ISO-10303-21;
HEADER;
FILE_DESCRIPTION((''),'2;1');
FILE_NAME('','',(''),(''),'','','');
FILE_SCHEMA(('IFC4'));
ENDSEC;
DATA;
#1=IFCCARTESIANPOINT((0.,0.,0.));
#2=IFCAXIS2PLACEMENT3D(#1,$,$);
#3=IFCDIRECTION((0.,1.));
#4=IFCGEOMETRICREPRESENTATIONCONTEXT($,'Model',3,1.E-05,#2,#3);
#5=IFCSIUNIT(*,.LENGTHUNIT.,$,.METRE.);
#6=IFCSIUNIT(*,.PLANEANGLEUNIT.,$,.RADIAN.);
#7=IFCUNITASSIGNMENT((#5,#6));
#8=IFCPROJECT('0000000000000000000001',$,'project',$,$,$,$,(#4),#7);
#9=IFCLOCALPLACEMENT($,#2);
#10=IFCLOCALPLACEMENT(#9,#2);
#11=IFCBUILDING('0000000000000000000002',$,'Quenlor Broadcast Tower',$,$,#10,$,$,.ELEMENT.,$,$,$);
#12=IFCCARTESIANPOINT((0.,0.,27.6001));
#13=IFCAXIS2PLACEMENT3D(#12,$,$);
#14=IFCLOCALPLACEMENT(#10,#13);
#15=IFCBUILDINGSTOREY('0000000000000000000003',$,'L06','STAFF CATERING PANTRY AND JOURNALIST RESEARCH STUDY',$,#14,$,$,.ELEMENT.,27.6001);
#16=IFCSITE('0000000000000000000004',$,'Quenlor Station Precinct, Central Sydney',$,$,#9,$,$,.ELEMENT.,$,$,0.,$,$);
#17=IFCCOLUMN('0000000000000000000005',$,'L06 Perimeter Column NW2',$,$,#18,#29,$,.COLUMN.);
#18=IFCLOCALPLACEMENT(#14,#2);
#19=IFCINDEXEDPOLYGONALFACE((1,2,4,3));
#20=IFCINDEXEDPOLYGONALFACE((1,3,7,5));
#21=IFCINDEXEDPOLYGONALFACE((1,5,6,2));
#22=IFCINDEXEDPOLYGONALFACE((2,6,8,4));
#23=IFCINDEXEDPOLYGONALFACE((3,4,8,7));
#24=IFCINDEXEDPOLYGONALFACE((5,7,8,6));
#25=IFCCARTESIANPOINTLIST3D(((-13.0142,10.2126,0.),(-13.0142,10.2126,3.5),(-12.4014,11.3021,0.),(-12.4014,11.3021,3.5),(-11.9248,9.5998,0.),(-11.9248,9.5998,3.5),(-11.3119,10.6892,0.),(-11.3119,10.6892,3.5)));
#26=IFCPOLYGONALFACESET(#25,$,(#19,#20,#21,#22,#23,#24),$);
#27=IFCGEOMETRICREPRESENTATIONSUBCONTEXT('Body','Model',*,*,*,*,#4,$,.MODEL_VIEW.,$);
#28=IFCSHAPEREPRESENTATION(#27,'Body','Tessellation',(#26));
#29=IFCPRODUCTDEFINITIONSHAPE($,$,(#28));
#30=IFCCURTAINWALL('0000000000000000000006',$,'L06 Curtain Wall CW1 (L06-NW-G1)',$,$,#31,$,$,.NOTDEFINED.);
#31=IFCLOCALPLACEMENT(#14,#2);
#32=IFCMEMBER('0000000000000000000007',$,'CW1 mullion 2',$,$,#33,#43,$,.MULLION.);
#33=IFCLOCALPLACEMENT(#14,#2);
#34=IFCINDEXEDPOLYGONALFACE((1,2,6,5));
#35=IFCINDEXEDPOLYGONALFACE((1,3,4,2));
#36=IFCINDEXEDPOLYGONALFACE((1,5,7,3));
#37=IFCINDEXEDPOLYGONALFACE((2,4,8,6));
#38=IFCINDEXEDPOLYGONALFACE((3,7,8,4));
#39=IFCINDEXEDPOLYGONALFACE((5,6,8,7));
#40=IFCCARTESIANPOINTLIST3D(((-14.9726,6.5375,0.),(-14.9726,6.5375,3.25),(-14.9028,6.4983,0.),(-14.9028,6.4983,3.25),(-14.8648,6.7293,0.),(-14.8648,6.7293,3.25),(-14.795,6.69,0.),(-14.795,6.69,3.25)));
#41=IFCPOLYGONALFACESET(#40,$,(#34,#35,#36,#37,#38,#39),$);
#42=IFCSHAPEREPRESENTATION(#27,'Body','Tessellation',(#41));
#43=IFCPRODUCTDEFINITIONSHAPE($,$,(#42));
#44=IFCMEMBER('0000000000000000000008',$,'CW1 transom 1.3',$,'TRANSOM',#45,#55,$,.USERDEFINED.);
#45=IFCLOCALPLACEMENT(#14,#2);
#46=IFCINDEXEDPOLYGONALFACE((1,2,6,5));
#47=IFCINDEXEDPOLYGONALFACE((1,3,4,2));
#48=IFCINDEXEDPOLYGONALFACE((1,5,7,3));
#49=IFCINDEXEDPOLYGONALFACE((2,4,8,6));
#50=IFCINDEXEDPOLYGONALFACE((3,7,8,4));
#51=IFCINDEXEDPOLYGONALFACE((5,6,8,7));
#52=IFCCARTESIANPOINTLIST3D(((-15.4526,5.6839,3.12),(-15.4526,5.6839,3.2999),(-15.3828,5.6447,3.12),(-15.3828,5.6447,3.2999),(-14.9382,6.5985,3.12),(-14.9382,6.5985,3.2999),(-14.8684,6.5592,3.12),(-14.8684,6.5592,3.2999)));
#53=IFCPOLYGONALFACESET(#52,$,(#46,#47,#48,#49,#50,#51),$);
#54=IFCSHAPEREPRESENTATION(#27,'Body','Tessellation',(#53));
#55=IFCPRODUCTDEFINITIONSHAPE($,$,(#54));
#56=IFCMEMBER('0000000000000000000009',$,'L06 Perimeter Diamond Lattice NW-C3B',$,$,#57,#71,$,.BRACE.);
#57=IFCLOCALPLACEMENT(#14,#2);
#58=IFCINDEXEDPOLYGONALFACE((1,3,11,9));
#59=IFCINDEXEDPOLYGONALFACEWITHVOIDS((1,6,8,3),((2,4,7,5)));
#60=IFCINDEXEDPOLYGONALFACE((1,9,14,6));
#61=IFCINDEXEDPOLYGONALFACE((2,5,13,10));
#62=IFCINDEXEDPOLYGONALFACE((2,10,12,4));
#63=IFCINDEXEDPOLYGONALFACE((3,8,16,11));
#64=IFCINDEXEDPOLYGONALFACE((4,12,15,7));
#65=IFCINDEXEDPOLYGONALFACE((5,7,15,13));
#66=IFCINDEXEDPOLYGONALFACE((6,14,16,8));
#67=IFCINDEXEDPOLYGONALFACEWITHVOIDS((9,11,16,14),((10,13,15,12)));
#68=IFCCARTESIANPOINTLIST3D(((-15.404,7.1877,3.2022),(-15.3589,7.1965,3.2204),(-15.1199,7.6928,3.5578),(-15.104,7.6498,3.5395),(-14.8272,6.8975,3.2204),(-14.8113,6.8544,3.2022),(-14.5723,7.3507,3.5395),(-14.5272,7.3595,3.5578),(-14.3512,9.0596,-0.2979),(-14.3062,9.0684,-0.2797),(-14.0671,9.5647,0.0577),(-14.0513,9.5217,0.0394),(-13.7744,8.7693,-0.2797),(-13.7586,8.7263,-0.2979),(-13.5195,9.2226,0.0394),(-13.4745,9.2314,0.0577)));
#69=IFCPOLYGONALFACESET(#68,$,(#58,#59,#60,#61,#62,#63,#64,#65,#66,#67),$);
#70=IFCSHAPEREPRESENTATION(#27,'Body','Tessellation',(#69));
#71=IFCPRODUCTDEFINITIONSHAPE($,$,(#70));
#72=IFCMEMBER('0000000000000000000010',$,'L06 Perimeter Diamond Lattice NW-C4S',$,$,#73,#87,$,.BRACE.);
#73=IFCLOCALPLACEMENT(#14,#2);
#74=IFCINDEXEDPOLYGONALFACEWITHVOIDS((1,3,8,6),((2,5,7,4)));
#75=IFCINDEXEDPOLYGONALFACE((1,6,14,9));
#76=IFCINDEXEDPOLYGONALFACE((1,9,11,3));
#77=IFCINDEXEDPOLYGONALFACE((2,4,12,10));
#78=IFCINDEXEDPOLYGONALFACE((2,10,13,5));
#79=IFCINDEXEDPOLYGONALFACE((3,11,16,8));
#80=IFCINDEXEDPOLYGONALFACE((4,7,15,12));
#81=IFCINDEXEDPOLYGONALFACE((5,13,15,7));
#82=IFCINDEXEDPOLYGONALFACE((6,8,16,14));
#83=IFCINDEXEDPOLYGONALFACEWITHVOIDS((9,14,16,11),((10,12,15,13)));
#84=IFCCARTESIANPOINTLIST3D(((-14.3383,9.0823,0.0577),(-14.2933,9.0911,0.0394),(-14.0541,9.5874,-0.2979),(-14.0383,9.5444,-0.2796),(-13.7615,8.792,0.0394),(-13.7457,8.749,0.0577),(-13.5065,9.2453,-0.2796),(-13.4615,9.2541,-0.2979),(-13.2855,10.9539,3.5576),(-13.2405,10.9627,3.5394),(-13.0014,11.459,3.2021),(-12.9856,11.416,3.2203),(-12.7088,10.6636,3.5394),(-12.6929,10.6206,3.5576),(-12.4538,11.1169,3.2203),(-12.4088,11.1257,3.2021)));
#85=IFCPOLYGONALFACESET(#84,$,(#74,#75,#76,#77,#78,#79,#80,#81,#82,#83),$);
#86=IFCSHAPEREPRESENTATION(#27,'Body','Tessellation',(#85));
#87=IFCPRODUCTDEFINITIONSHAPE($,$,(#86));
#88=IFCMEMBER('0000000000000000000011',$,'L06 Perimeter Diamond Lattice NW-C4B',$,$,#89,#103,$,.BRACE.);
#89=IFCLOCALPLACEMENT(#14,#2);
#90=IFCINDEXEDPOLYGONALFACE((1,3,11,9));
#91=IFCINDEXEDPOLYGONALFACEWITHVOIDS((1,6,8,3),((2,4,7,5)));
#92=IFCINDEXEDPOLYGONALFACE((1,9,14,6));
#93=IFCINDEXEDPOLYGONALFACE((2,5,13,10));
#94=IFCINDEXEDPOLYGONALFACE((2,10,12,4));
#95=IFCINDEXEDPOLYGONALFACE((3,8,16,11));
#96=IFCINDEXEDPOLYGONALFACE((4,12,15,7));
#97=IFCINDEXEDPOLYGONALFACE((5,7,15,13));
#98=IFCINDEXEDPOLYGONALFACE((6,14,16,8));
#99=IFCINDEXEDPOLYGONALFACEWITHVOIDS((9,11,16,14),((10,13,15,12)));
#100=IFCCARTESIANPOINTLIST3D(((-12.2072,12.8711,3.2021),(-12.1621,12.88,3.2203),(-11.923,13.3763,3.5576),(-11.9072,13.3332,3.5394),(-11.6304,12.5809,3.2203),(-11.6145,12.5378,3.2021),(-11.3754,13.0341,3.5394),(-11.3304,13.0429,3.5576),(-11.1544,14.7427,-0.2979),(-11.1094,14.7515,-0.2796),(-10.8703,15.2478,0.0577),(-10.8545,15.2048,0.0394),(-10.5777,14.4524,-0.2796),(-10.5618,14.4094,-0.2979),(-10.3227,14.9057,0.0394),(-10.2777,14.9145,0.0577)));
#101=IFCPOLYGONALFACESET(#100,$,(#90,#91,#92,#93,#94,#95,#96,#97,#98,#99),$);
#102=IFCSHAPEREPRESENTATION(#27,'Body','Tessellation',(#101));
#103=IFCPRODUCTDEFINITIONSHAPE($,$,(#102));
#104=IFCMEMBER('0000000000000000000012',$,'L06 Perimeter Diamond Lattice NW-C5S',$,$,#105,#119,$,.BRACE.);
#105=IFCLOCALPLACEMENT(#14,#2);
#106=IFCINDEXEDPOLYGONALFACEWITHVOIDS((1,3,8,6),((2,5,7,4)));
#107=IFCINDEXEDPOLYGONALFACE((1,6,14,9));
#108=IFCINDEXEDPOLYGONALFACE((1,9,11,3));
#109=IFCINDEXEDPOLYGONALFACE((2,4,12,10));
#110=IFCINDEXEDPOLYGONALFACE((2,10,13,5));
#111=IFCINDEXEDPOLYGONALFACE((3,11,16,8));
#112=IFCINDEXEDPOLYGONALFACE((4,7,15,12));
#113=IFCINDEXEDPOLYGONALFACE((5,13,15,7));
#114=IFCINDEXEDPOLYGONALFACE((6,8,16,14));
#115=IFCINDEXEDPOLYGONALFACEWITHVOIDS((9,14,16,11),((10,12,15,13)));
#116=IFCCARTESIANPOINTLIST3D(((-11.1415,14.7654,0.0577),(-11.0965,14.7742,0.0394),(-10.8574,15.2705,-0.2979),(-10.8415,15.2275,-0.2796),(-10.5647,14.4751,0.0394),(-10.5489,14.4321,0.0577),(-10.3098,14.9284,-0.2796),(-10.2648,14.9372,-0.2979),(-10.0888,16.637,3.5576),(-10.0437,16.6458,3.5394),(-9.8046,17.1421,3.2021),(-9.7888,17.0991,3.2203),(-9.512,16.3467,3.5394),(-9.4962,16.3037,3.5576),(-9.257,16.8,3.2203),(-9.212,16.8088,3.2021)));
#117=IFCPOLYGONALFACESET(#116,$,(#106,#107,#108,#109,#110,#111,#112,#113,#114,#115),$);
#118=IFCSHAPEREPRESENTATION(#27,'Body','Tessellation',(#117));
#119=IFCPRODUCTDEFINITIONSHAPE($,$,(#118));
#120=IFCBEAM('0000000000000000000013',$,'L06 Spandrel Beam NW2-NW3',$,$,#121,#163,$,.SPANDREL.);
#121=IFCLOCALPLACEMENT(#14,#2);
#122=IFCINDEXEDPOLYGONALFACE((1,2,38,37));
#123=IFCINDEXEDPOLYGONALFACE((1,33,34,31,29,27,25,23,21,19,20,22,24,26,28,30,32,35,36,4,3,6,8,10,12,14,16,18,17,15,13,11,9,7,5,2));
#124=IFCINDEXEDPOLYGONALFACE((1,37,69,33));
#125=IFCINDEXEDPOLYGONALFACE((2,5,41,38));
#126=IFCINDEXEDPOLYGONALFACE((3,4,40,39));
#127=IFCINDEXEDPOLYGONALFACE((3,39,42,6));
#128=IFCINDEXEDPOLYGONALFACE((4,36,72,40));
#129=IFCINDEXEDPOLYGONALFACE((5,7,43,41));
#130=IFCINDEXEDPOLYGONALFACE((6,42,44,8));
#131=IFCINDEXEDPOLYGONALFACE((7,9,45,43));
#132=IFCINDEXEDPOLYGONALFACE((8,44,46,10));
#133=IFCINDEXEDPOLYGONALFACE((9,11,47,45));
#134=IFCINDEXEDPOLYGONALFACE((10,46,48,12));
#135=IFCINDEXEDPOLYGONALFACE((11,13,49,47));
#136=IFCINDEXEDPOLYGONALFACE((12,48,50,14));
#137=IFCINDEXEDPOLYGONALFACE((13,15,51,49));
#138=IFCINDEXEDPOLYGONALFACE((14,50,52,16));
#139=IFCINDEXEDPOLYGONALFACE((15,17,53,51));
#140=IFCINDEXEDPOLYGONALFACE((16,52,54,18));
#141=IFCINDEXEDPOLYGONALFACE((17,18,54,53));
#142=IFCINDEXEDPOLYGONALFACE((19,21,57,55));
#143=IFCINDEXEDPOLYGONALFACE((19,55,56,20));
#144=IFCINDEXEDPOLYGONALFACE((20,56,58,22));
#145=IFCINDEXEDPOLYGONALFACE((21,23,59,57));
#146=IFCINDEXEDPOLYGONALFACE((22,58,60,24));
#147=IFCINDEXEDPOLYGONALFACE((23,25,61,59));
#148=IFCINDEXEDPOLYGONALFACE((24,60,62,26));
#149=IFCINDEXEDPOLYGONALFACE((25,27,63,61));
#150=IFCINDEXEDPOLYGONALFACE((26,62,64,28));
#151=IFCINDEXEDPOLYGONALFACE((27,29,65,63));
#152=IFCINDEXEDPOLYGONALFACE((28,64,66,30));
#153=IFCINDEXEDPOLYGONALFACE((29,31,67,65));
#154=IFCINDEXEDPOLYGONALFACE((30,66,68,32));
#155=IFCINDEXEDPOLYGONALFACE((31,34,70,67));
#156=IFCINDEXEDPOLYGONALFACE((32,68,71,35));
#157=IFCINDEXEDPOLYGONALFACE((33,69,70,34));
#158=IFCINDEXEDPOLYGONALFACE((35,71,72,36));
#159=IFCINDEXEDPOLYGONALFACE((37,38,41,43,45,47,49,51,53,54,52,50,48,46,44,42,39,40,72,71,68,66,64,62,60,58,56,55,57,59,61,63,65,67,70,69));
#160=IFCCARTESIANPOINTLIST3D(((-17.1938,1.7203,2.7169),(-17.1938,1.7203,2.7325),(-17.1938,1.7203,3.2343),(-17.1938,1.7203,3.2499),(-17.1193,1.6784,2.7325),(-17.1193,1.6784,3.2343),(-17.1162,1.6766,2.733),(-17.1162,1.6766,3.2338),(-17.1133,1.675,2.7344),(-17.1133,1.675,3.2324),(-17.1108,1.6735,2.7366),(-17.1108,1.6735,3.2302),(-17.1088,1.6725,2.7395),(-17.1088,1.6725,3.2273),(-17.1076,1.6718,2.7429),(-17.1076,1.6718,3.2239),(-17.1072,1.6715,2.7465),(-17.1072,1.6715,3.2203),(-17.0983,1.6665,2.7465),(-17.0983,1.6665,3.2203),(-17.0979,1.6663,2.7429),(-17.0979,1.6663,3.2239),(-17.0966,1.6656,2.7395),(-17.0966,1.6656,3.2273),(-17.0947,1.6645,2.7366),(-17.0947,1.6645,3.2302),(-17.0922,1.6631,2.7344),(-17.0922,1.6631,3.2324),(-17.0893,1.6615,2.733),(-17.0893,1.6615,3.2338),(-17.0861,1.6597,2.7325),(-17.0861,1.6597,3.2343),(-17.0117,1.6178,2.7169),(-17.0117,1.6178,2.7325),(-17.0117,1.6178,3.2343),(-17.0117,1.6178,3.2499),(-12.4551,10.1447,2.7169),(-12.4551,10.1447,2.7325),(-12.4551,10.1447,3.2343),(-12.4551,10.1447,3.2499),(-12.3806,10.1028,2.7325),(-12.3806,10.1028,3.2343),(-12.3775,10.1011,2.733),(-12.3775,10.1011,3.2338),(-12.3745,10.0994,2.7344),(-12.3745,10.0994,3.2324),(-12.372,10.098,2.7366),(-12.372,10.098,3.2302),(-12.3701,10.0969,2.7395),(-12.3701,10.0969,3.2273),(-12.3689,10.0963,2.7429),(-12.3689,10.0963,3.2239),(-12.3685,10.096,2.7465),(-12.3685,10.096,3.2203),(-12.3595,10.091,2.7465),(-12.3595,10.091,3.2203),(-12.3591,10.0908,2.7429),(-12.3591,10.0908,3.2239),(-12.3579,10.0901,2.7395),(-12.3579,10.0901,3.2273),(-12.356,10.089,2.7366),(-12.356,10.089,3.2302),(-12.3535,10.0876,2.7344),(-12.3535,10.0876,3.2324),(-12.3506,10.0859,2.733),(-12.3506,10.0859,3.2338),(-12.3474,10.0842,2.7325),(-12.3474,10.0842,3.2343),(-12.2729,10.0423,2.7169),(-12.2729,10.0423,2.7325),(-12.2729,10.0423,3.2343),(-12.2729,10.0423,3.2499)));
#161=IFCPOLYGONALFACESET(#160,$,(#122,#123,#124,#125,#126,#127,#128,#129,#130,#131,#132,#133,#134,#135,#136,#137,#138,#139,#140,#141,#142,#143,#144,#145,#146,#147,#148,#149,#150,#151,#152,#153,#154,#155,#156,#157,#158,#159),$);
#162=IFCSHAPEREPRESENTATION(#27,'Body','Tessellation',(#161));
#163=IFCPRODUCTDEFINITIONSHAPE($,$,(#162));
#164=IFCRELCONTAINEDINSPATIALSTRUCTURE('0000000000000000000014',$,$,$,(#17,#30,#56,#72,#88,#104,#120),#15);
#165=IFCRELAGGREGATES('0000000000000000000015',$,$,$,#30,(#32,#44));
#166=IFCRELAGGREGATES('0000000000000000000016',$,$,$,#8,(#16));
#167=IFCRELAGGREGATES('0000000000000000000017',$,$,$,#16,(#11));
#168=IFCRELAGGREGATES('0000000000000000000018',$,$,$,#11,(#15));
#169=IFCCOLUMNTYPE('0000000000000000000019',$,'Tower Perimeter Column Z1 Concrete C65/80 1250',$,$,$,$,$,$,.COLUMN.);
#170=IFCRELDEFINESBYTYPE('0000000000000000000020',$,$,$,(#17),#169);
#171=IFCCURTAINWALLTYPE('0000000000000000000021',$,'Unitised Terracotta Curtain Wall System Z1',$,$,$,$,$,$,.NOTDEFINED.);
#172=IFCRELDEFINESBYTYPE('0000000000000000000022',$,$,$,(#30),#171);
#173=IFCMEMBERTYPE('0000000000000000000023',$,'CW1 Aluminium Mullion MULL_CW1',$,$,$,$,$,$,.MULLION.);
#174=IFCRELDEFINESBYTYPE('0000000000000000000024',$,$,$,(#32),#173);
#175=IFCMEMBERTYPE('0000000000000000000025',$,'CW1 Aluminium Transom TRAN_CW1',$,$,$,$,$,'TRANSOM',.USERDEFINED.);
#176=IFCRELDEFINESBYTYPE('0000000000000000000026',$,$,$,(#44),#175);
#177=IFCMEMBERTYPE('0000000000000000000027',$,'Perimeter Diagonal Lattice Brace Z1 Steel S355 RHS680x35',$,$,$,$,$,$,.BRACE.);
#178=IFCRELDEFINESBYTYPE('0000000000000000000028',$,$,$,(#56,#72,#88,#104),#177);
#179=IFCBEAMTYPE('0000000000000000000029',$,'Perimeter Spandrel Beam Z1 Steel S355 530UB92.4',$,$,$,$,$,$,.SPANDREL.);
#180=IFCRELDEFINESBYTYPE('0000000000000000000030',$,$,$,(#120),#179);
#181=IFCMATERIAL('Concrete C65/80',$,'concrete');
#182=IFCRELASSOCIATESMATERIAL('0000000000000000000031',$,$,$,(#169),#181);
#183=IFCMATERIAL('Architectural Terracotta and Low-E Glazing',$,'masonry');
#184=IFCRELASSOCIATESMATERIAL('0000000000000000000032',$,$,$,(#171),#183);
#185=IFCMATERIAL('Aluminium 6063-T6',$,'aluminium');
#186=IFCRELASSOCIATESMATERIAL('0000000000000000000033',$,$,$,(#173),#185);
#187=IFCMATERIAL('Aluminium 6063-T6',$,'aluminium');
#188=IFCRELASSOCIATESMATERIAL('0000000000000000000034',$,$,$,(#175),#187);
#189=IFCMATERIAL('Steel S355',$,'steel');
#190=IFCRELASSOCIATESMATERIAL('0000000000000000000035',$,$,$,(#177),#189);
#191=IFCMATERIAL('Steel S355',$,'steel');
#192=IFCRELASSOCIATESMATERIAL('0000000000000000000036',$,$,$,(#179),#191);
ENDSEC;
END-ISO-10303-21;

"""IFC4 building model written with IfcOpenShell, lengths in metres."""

from ifc_helpers import new_model, si_unit, direction, frame, origin, origin_2d, place, context, subcontext, project, spatial, rectangle, hollow_rectangle, i_section, extrude, material, material_profile, profile_set, type_object, element, aggregate, save


model = new_model("IFC4")

# Units and contexts
model_context = context("Model", 3, precision=1e-05, world=origin(), true_north=direction((0.0, 1.0)))
body_context = subcontext(model_context, "Body", "Model", "MODEL_VIEW")
ifc_project = project(units=[si_unit("LENGTHUNIT", "METRE"), si_unit("PLANEANGLEUNIT", "RADIAN")], contexts=[model_context])

# Site, building, storey
site_placement = place(None, origin())
site = spatial("IfcSite", under=ifc_project, at=site_placement, Name="Quenlor Station Precinct, Central Sydney", CompositionType="ELEMENT", RefElevation=0.0)
building_placement = place(site_placement, origin())
building = spatial("IfcBuilding", under=site, at=building_placement, Name="Quenlor Broadcast Tower", CompositionType="ELEMENT")
storey_placement = place(building_placement, frame((0.0, 0.0, 27.6001)))
storey = spatial("IfcBuildingStorey", under=building, at=storey_placement, Name="L06", Description="STAFF CATERING PANTRY AND JOURNALIST RESEARCH STUDY", CompositionType="ELEMENT", Elevation=27.6001)

# Column
ifc_material_1 = material(Name="Concrete C65/80", Category="concrete")
ifc_material_profile_1 = material_profile(ifc_material_1, rectangle(XDim=1.25, YDim=1.25, at=origin_2d()))
ifc_profile_set_1 = profile_set([ifc_material_profile_1], Name="Concrete C65/80 RC1250x1250")
column_type = type_object("IfcColumnType", Name="Tower Perimeter Column Z1 Concrete C65/80 1250", PredefinedType="COLUMN", material=ifc_profile_set_1)
column_placement = place(storey_placement, frame((-12.1631, 10.4509, 0.0), z_axis=(0.0, 0.0, 1.0), x_axis=(-0.871575, 0.490262, 0.0)))
element("IfcColumn", 1, at=column_placement, inside=storey, type_object=column_type, Name="L06 Perimeter Column NW2", PredefinedType="COLUMN", context=body_context, shape_type="SweptSolid", body=[
    extrude(rectangle(XDim=1.25, YDim=1.25, at=origin_2d()), origin(), (0.0, 0.0, 1.0), 3.5),
])

# Curtain wall, members
ifc_material_2 = material(Name="Architectural Terracotta and Low-E Glazing", Category="masonry")
curtain_wall_type = type_object("IfcCurtainWallType", Name="Unitised Terracotta Curtain Wall System Z1", PredefinedType="NOTDEFINED", material=ifc_material_2)
curtain_wall_placement = place(storey_placement, origin())
curtain_wall = element("IfcCurtainWall", 2, at=curtain_wall_placement, inside=storey, type_object=curtain_wall_type, Name="L06 Curtain Wall CW1 (L06-NW-G1)", PredefinedType="NOTDEFINED")
ifc_material_3 = material(Name="Aluminium 6063-T6", Category="aluminium")
ifc_material_profile_2 = material_profile(ifc_material_3, rectangle(XDim=0.0801, YDim=0.22, at=origin_2d()))
ifc_profile_set_2 = profile_set([ifc_material_profile_2], Name="Aluminium 6063-T6 MULL80x220")
member_type_1 = type_object("IfcMemberType", Name="CW1 Aluminium Mullion MULL_CW1", PredefinedType="MULLION", material=ifc_profile_set_2)
member_1_placement = place(storey_placement, frame((-14.8838, 6.6138, 0.0), z_axis=(0.0, 0.0, 1.0), x_axis=(-0.871567, 0.490277, 0.0)))
member_1 = element("IfcMember", 3, at=member_1_placement, type_object=member_type_1, Name="CW1 mullion 2", PredefinedType="MULLION", context=body_context, shape_type="SweptSolid", body=[
    extrude(rectangle(XDim=0.0801, YDim=0.22, at=origin_2d()), origin(), (0.0, 0.0, 1.0), 3.25),
])
ifc_material_4 = material(Name="Aluminium 6063-T6", Category="aluminium")
ifc_material_profile_3 = material_profile(ifc_material_4, rectangle(XDim=0.0801, YDim=0.1799, at=origin_2d()))
ifc_profile_set_3 = profile_set([ifc_material_profile_3], Name="Aluminium 6063-T6 TRAN80x180")
member_type_2 = type_object("IfcMemberType", Name="CW1 Aluminium Transom TRAN_CW1", ElementType="TRANSOM", PredefinedType="USERDEFINED", material=ifc_profile_set_3)
member_2_placement = place(storey_placement, frame((-15.4177, 5.6643, 3.21), z_axis=(0.490239, 0.871588, 0.0), x_axis=(-0.871588, 0.490239, 0.0)))
member_2 = element("IfcMember", 4, at=member_2_placement, type_object=member_type_2, Name="CW1 transom 1.3", ObjectType="TRANSOM", PredefinedType="USERDEFINED", context=body_context, shape_type="SweptSolid", body=[
    extrude(rectangle(XDim=0.0801, YDim=0.1799, at=origin_2d()), origin(), (0.0, 0.0, 1.0), 1.0493),
])

# Members
ifc_material_5 = material(Name="Steel S355", Category="steel")
ifc_material_profile_4 = material_profile(ifc_material_5, hollow_rectangle(XDim=0.6799, YDim=0.6799, WallThickness=0.0349, at=origin_2d()))
ifc_profile_set_4 = profile_set([ifc_material_profile_4], Name="Steel S355 RHS680x680x35")
member_type_3 = type_object("IfcMemberType", Name="Perimeter Diagonal Lattice Brace Z1 Steel S355 RHS680x35", PredefinedType="BRACE", material=ifc_profile_set_4)
member_3_placement = place(storey_placement, frame((-13.9128, 9.1455, -0.1201), z_axis=(-0.256368, -0.455839, 0.852342), x_axis=(0.871609, -0.490202, 0.0)))
element("IfcMember", 5, at=member_3_placement, inside=storey, type_object=member_type_3, Name="L06 Perimeter Diamond Lattice NW-C3B", PredefinedType="BRACE", context=body_context, shape_type="SweptSolid", body=[
    extrude(hollow_rectangle(XDim=0.6799, YDim=0.6799, WallThickness=0.0349, at=origin_2d()), origin(), (0.0, 0.0, 1.0), 4.1064),
])
for number, where, z_axis, x_axis, name in (
    (6, (-13.8999, 9.1682, -0.1201), (0.256375, 0.455792, 0.852365), (-0.871582, 0.49025, 0.0), "L06 Perimeter Diamond Lattice NW-C4S"),
    (7, (-10.7161, 14.8286, -0.1201), (-0.256375, -0.455792, 0.852365), (0.871582, -0.49025, 0.0), "L06 Perimeter Diamond Lattice NW-C4B"),
    (8, (-10.7031, 14.8513, -0.1201), (0.256375, 0.455792, 0.852365), (-0.871582, 0.49025, 0.0), "L06 Perimeter Diamond Lattice NW-C5S"),
):
    element("IfcMember", number, at=place(storey_placement, frame(where, z_axis=z_axis, x_axis=x_axis)), inside=storey, type_object=member_type_3, Name=name, PredefinedType="BRACE", context=body_context, shape_type="SweptSolid", body=[
        extrude(hollow_rectangle(XDim=0.6799, YDim=0.6799, WallThickness=0.0349, at=origin_2d()), origin(), (0.0, 0.0, 1.0), 4.1062),
    ])

# Beam
ifc_material_6 = material(Name="Steel S355", Category="steel")
ifc_material_profile_5 = material_profile(ifc_material_6, i_section(OverallWidth=0.209, OverallDepth=0.533, WebThickness=0.0103, FlangeThickness=0.0156, FilletRadius=0.0139, at=origin_2d()))
ifc_profile_set_5 = profile_set([ifc_material_profile_5], Name="Steel S355 530UB92.4")
beam_type_1 = type_object("IfcBeamType", Name="Perimeter Spandrel Beam Z1 Steel S355 530UB92.4", PredefinedType="SPANDREL", material=ifc_profile_set_5)
beam_1_placement = place(storey_placement, frame((-12.364, 10.0935, 2.9834), z_axis=(-0.490258, -0.871578, 0.0), x_axis=(0.871578, -0.490258, 0.0)))
element("IfcBeam", 9, at=beam_1_placement, inside=storey, type_object=beam_type_1, Name="L06 Spandrel Beam NW2-NW3", PredefinedType="SPANDREL", context=body_context, shape_type="SweptSolid", body=[
    extrude(i_section(OverallWidth=0.209, OverallDepth=0.533, WebThickness=0.0103, FlangeThickness=0.0156, FilletRadius=0.0139, at=origin_2d()), origin(), (0.0, 0.0, 1.0), 9.6658),
])

aggregate(curtain_wall, [member_1, member_2])

save(model, "model.ifc")
